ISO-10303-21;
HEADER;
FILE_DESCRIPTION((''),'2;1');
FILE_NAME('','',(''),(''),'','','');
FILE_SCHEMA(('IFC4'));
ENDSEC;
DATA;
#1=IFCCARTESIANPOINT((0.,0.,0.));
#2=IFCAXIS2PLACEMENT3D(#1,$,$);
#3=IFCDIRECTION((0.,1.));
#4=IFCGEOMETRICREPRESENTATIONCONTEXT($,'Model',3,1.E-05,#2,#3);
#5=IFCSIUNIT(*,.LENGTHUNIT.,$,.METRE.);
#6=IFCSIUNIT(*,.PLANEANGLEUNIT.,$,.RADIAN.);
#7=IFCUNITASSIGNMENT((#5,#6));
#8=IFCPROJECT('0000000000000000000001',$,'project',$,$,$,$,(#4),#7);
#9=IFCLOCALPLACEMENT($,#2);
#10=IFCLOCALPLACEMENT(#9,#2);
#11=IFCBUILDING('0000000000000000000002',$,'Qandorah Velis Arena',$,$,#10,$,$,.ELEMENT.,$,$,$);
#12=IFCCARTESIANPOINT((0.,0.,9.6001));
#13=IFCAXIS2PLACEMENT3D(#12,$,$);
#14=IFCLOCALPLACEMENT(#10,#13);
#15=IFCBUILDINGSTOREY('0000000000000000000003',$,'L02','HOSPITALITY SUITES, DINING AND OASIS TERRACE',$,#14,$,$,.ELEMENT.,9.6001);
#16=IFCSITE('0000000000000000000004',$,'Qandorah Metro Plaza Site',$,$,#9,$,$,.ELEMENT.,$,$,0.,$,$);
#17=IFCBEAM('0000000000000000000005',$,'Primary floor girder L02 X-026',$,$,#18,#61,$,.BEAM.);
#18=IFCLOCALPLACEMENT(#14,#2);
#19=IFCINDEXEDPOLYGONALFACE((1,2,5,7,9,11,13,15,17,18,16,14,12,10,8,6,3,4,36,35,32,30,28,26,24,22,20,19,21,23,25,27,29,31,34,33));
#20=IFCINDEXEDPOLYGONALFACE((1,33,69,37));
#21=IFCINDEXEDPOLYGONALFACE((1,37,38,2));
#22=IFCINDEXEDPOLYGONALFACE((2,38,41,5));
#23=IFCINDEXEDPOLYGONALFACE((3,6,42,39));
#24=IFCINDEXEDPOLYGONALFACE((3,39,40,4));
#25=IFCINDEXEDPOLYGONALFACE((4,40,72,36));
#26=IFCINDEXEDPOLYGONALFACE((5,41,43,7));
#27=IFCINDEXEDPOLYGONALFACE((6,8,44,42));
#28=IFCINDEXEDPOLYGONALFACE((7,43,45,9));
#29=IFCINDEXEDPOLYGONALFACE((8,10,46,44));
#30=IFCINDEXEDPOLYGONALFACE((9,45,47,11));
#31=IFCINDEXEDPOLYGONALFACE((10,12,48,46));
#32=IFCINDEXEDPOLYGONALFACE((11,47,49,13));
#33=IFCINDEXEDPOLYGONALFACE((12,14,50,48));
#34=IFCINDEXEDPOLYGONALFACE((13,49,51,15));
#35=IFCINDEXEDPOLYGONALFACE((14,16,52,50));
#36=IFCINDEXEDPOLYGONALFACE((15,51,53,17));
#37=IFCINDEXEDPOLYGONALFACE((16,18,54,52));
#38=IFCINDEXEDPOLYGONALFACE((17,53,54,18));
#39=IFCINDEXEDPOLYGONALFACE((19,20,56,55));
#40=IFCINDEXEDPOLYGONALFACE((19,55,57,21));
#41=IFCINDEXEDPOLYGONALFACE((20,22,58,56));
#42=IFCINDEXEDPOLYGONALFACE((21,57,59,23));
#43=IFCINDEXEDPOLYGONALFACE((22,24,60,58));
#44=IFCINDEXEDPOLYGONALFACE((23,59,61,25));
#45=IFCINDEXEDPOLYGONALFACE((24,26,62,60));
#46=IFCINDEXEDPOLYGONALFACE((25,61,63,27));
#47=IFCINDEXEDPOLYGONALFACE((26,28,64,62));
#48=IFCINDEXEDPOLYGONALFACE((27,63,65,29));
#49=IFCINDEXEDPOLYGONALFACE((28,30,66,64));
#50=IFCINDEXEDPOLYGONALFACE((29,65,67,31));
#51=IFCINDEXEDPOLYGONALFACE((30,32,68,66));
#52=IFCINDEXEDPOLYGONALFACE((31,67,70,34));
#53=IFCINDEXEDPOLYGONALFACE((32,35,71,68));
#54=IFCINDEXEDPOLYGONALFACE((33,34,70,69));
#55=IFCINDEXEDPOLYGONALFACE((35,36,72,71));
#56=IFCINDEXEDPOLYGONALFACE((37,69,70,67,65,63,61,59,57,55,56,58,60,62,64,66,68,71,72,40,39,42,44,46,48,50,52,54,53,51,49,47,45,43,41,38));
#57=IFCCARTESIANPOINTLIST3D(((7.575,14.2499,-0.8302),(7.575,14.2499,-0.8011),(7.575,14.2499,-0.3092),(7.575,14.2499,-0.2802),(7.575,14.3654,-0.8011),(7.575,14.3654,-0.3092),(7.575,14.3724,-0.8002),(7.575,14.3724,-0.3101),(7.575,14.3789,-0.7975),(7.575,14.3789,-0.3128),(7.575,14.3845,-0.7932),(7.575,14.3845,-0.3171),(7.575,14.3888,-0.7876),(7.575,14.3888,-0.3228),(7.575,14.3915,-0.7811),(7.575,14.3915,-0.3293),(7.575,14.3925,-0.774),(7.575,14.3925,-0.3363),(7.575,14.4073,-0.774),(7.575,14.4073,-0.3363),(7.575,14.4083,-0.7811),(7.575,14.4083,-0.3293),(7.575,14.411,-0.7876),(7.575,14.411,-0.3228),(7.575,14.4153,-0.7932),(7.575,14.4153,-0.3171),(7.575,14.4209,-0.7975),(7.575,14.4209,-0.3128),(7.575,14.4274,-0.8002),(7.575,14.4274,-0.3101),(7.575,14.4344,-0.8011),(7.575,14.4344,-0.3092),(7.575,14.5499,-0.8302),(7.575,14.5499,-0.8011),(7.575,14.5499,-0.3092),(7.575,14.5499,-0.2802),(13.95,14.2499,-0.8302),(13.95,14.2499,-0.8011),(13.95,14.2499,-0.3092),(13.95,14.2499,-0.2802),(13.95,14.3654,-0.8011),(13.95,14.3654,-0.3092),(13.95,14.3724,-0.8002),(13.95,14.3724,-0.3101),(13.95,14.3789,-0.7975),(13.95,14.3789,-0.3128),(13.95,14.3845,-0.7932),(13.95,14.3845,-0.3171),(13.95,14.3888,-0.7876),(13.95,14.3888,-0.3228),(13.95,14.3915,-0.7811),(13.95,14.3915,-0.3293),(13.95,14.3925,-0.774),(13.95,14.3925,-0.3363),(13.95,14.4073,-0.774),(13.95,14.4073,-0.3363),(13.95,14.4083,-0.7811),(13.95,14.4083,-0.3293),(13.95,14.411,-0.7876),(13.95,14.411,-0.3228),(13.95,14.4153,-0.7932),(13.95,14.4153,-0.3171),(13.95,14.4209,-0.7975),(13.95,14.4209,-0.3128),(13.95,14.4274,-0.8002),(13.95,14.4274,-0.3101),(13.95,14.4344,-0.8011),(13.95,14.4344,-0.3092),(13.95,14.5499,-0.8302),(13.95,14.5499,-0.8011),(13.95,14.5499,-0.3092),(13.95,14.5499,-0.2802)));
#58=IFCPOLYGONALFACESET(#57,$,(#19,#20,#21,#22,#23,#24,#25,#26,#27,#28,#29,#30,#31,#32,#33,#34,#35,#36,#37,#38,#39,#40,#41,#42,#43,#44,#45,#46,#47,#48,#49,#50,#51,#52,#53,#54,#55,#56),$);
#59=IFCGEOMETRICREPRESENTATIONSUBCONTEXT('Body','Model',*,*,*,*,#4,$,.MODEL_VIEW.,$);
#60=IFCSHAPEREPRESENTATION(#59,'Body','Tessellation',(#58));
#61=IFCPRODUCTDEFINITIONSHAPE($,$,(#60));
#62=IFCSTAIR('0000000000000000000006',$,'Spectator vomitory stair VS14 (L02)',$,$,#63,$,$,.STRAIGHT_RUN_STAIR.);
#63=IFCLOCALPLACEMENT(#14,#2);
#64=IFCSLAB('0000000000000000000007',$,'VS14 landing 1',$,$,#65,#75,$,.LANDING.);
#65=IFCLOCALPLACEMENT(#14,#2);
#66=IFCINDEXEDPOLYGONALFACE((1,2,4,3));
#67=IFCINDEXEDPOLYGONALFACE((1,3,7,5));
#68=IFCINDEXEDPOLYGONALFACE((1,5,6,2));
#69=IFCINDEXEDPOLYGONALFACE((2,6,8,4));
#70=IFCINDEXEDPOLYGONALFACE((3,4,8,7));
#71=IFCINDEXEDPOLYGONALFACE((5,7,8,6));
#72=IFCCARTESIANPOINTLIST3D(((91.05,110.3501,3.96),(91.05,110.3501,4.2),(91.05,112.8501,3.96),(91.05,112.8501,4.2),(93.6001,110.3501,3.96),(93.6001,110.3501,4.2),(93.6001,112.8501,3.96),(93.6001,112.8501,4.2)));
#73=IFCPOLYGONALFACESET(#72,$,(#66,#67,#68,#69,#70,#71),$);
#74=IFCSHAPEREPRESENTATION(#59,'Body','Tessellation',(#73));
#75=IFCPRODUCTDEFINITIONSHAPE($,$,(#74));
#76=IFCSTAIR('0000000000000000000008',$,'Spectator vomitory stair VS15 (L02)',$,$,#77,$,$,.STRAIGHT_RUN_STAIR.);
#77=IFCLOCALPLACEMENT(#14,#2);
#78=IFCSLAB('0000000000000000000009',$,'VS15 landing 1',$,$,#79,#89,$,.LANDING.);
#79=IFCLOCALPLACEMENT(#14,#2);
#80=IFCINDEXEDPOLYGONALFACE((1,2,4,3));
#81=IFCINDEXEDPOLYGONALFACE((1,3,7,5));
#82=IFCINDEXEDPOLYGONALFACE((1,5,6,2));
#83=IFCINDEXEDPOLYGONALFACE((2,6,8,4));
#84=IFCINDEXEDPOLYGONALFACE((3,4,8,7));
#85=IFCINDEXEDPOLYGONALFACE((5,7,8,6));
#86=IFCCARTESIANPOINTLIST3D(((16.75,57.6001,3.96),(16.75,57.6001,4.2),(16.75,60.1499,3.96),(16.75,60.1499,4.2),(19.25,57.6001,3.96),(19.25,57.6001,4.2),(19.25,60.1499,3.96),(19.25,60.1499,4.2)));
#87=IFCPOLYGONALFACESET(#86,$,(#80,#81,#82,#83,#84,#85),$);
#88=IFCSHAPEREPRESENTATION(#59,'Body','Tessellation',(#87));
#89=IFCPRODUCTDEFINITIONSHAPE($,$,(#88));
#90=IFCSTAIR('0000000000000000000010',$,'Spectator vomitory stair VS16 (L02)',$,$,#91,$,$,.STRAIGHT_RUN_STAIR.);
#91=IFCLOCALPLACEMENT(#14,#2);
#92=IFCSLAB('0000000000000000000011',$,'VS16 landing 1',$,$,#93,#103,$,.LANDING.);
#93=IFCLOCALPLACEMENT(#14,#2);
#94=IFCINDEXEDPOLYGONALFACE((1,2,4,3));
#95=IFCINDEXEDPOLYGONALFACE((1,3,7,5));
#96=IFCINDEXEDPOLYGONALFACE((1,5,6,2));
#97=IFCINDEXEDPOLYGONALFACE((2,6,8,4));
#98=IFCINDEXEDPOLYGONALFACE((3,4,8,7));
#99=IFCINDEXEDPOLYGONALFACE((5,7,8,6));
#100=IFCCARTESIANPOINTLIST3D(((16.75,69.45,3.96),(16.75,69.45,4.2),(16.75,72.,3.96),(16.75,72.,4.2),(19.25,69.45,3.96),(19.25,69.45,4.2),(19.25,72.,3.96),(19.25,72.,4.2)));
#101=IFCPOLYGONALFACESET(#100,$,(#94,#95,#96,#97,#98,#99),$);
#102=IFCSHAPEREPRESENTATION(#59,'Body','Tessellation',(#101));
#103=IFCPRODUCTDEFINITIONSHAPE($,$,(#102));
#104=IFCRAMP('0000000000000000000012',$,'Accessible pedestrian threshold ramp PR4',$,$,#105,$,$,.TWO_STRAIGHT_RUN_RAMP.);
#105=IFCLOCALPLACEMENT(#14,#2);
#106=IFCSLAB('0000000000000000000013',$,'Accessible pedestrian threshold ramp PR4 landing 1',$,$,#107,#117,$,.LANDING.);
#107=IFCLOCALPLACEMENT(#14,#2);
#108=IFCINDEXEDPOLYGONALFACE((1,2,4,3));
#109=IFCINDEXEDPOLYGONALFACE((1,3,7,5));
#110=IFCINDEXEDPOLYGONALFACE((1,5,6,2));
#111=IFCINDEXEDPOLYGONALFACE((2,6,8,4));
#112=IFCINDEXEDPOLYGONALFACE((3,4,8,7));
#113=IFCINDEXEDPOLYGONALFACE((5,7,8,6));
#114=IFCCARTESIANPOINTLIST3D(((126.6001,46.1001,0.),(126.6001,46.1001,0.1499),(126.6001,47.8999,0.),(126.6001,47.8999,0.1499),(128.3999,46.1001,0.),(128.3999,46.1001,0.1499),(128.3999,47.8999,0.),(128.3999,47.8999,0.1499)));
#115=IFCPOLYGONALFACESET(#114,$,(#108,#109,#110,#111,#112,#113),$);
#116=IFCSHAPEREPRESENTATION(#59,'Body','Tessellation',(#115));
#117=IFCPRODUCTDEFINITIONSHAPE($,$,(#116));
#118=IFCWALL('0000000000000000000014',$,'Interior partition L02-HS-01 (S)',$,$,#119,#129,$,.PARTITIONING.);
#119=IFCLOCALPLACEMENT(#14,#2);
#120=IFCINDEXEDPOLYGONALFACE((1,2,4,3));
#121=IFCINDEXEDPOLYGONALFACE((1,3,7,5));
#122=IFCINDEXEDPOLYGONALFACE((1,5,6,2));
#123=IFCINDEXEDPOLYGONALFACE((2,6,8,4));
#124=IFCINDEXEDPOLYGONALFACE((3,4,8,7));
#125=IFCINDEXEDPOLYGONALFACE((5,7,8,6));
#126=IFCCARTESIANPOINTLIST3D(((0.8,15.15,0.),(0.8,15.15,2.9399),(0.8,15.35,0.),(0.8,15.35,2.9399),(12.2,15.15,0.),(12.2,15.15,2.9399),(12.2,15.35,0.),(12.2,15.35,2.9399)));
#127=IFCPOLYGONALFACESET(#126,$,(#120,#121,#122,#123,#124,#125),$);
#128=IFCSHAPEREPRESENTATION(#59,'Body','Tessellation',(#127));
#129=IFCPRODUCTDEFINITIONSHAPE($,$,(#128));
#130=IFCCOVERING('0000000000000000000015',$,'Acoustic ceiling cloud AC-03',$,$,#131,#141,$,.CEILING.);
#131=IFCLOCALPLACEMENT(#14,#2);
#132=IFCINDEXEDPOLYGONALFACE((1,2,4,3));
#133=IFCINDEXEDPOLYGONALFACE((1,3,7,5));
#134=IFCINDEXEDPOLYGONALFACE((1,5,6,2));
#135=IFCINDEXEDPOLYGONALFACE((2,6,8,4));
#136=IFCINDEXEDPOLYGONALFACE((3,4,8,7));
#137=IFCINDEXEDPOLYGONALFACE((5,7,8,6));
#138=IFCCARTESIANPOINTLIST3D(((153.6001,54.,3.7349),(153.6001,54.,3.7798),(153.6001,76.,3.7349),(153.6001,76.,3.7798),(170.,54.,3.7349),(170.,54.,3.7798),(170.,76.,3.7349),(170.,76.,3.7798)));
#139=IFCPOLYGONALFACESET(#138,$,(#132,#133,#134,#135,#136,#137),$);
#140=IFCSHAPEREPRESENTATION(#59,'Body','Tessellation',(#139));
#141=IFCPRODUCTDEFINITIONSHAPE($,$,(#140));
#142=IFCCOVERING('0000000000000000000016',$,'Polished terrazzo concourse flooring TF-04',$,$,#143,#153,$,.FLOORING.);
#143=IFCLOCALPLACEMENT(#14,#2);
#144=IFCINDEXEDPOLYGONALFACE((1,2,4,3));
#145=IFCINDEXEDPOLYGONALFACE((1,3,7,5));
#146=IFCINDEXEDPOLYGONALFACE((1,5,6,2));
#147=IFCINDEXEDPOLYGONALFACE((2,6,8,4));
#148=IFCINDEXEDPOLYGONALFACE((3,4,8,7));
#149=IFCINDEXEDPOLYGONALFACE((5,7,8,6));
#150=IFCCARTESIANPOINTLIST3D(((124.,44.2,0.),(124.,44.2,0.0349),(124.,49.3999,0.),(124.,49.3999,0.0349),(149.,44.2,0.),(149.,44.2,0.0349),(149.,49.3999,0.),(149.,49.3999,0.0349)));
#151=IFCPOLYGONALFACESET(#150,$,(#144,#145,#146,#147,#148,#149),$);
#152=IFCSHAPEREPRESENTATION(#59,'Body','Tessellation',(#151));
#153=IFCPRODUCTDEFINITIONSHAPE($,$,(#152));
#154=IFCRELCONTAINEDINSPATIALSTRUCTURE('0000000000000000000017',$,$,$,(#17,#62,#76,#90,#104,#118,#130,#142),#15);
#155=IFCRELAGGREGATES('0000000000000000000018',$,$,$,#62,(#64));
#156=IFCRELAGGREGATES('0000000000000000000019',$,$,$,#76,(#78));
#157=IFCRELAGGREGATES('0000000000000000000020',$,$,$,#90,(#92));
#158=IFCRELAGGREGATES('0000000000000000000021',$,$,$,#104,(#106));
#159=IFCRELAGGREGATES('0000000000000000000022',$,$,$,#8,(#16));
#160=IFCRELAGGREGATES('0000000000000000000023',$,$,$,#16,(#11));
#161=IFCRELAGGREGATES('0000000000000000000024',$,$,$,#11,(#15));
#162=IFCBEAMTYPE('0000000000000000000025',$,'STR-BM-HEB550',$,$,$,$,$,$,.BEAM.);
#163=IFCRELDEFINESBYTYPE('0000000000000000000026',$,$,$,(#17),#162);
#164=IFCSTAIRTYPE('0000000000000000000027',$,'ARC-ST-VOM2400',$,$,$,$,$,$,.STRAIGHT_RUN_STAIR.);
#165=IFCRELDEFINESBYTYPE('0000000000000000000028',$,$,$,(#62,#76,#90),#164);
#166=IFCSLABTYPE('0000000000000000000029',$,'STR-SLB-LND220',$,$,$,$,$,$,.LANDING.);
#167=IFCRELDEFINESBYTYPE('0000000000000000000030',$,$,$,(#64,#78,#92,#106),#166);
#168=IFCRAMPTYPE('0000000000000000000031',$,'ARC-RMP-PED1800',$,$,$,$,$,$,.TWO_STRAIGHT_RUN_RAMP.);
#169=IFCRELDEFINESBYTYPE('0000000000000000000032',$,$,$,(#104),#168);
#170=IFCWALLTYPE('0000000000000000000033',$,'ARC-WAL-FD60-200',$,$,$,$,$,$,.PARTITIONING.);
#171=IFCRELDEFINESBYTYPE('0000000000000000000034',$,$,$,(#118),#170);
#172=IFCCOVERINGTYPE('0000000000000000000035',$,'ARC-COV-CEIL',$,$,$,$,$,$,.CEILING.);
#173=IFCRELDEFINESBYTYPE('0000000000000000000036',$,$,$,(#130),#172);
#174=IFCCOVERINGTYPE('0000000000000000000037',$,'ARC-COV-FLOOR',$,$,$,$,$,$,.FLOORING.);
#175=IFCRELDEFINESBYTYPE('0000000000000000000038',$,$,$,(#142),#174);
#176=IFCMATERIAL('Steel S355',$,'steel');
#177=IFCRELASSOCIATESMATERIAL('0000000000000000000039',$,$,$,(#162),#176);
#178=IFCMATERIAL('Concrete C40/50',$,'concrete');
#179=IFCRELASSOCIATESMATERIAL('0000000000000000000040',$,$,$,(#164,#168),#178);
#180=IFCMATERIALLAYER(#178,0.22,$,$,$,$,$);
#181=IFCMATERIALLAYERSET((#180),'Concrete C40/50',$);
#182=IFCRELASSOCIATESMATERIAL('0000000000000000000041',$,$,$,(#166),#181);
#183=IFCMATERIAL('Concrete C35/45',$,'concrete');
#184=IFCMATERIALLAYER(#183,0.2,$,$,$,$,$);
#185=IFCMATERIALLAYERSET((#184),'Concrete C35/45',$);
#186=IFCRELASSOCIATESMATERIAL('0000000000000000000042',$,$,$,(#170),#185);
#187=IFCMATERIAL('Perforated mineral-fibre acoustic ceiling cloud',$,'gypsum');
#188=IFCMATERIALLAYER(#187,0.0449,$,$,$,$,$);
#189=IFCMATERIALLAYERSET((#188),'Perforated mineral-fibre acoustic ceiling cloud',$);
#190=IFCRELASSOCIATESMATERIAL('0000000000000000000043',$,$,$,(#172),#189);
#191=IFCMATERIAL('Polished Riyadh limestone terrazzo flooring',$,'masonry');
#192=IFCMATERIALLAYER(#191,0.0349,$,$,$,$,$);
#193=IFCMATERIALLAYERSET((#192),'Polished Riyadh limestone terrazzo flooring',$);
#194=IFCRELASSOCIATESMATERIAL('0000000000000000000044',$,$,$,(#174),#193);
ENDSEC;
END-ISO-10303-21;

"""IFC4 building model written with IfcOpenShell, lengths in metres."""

from ifc_helpers import new_model, si_unit, direction, frame, frame_2d, origin, origin_2d, place, context, subcontext, project, spatial, polyline, rectangle, i_section, outline, extrude, material, layer, layer_set, material_profile, profile_set, type_object, element, aggregate, save


model = new_model("IFC4")

# Units and contexts
model_context = context("Model", 3, precision=1e-05, world=origin(), true_north=direction((0.0, 1.0)))
body_context = subcontext(model_context, "Body", "Model", "MODEL_VIEW")
ifc_project = project(units=[si_unit("LENGTHUNIT", "METRE"), si_unit("PLANEANGLEUNIT", "RADIAN")], contexts=[model_context])

# Site, building, storey
site_placement = place(None, origin())
site = spatial("IfcSite", under=ifc_project, at=site_placement, Name="Qandorah Metro Plaza Site", CompositionType="ELEMENT", RefElevation=0.0)
building_placement = place(site_placement, origin())
building = spatial("IfcBuilding", under=site, at=building_placement, Name="Qandorah Velis Arena", CompositionType="ELEMENT")
storey_placement = place(building_placement, frame((0.0, 0.0, 9.6001)))
storey = spatial("IfcBuildingStorey", under=building, at=storey_placement, Name="L02", Description="HOSPITALITY SUITES, DINING AND OASIS TERRACE", CompositionType="ELEMENT", Elevation=9.6001)

# Shared definitions
ifc_material_1 = material(Name="Concrete C40/50", Category="concrete")

# Beam
ifc_material_2 = material(Name="Steel S355", Category="steel")
ifc_material_profile_1 = material_profile(ifc_material_2, i_section(OverallWidth=0.3, OverallDepth=0.55, WebThickness=0.0149, FlangeThickness=0.0291, FilletRadius=0.0271, at=origin_2d()), Name="HEB 550")
ifc_profile_set_1 = profile_set([ifc_material_profile_1], Name="Steel S355")
beam_type_1 = type_object("IfcBeamType", Name="STR-BM-HEB550", PredefinedType="BEAM", material=ifc_profile_set_1)
beam_1_placement = place(storey_placement, frame((7.575, 14.3999, -0.5552), z_axis=(1.0, 0.0, 0.0), x_axis=(0.0, 1.0, 0.0)))
element("IfcBeam", 1, at=beam_1_placement, inside=storey, type_object=beam_type_1, Name="Primary floor girder L02 X-026", PredefinedType="BEAM", context=body_context, shape_type="SweptSolid", body=[
    extrude(i_section(OverallWidth=0.3, OverallDepth=0.55, WebThickness=0.0149, FlangeThickness=0.0291, FilletRadius=0.0271, at=origin_2d()), origin(), (0.0, 0.0, 1.0), 6.375),
])

# Stairs, slabs
stair_type = type_object("IfcStairType", Name="ARC-ST-VOM2400", PredefinedType="STRAIGHT_RUN_STAIR", material=ifc_material_1)
stair_1_placement = place(storey_placement, origin())
stair_1 = element("IfcStair", 2, at=stair_1_placement, inside=storey, type_object=stair_type, Name="Spectator vomitory stair VS14 (L02)", PredefinedType="STRAIGHT_RUN_STAIR")
ifc_layer_1 = layer(ifc_material_1, 0.22)
ifc_layer_set_1 = layer_set([ifc_layer_1], Name="Concrete C40/50")
slab_type = type_object("IfcSlabType", Name="STR-SLB-LND220", PredefinedType="LANDING", material=ifc_layer_set_1)
slab_1_placement = place(storey_placement, frame((0.0, 0.0, 3.96)))
slab_1 = element("IfcSlab", 3, at=slab_1_placement, type_object=slab_type, Name="VS14 landing 1", PredefinedType="LANDING", context=body_context, shape_type="SweptSolid", body=[
    extrude(outline(polyline([(91.05, 110.3501), (93.6001, 110.3501), (93.6001, 112.8501), (91.05, 112.8501), (91.05, 110.3501)])), origin(), (0.0, 0.0, 1.0), 0.24),
])
aggregate(stair_1, [slab_1])
stair_2_placement = place(storey_placement, origin())
stair_2 = element("IfcStair", 4, at=stair_2_placement, inside=storey, type_object=stair_type, Name="Spectator vomitory stair VS15 (L02)", PredefinedType="STRAIGHT_RUN_STAIR")
slab_2_placement = place(storey_placement, frame((0.0, 0.0, 3.96)))
slab_2 = element("IfcSlab", 5, at=slab_2_placement, type_object=slab_type, Name="VS15 landing 1", PredefinedType="LANDING", context=body_context, shape_type="SweptSolid", body=[
    extrude(outline(polyline([(16.75, 57.6001), (19.25, 57.6001), (19.25, 60.1499), (16.75, 60.1499), (16.75, 57.6001)])), origin(), (0.0, 0.0, 1.0), 0.24),
])
aggregate(stair_2, [slab_2])
stair_3_placement = place(storey_placement, origin())
stair_3 = element("IfcStair", 6, at=stair_3_placement, inside=storey, type_object=stair_type, Name="Spectator vomitory stair VS16 (L02)", PredefinedType="STRAIGHT_RUN_STAIR")
slab_3_placement = place(storey_placement, frame((0.0, 0.0, 3.96)))
slab_3 = element("IfcSlab", 7, at=slab_3_placement, type_object=slab_type, Name="VS16 landing 1", PredefinedType="LANDING", context=body_context, shape_type="SweptSolid", body=[
    extrude(outline(polyline([(16.75, 69.45), (19.25, 69.45), (19.25, 72.0), (16.75, 72.0), (16.75, 69.45)])), origin(), (0.0, 0.0, 1.0), 0.24),
])
aggregate(stair_3, [slab_3])

# Ramp, slab
ramp_type = type_object("IfcRampType", Name="ARC-RMP-PED1800", PredefinedType="TWO_STRAIGHT_RUN_RAMP", material=ifc_material_1)
ramp_placement = place(storey_placement, origin())
ramp = element("IfcRamp", 8, at=ramp_placement, inside=storey, type_object=ramp_type, Name="Accessible pedestrian threshold ramp PR4", PredefinedType="TWO_STRAIGHT_RUN_RAMP")
slab_4_placement = place(storey_placement, origin())
slab_4 = element("IfcSlab", 9, at=slab_4_placement, type_object=slab_type, Name="Accessible pedestrian threshold ramp PR4 landing 1", PredefinedType="LANDING", context=body_context, shape_type="SweptSolid", body=[
    extrude(outline(polyline([(126.6001, 46.1001), (128.3999, 46.1001), (128.3999, 47.8999), (126.6001, 47.8999), (126.6001, 46.1001)])), origin(), (0.0, 0.0, 1.0), 0.1499),
])
aggregate(ramp, [slab_4])

# Wall
ifc_material_3 = material(Name="Concrete C35/45", Category="concrete")
ifc_layer_2 = layer(ifc_material_3, 0.2)
ifc_layer_set_2 = layer_set([ifc_layer_2], Name="Concrete C35/45")
wall_type = type_object("IfcWallType", Name="ARC-WAL-FD60-200", PredefinedType="PARTITIONING", material=ifc_layer_set_2)
wall_placement = place(storey_placement, frame((0.8, 15.25, 0.0), z_axis=(0.0, 0.0, 1.0), x_axis=(1.0, 0.0, 0.0)))
element("IfcWall", 10, at=wall_placement, inside=storey, type_object=wall_type, Name="Interior partition L02-HS-01 (S)", PredefinedType="PARTITIONING", context=body_context, shape_type="SweptSolid", body=[
    extrude(rectangle(XDim=11.3999, YDim=0.2, at=frame_2d((5.7, 0.0))), origin(), (0.0, 0.0, 1.0), 2.9399),
])

# Coverings
ifc_material_4 = material(Name="Perforated mineral-fibre acoustic ceiling cloud", Category="gypsum")
ifc_layer_3 = layer(ifc_material_4, 0.0449)
ifc_layer_set_3 = layer_set([ifc_layer_3], Name="Perforated mineral-fibre acoustic ceiling cloud")
covering_type_1 = type_object("IfcCoveringType", Name="ARC-COV-CEIL", PredefinedType="CEILING", material=ifc_layer_set_3)
covering_1_placement = place(storey_placement, frame((0.0, 0.0, 3.7349)))
element("IfcCovering", 11, at=covering_1_placement, inside=storey, type_object=covering_type_1, Name="Acoustic ceiling cloud AC-03", PredefinedType="CEILING", context=body_context, shape_type="SweptSolid", body=[
    extrude(outline(polyline([(153.6001, 54.0), (170.0, 54.0), (170.0, 76.0), (153.6001, 76.0), (153.6001, 54.0)])), origin(), (0.0, 0.0, 1.0), 0.0449),
])
ifc_material_5 = material(Name="Polished Riyadh limestone terrazzo flooring", Category="masonry")
ifc_layer_4 = layer(ifc_material_5, 0.0349)
ifc_layer_set_4 = layer_set([ifc_layer_4], Name="Polished Riyadh limestone terrazzo flooring")
covering_type_2 = type_object("IfcCoveringType", Name="ARC-COV-FLOOR", PredefinedType="FLOORING", material=ifc_layer_set_4)
covering_2_placement = place(storey_placement, origin())
element("IfcCovering", 12, at=covering_2_placement, inside=storey, type_object=covering_type_2, Name="Polished terrazzo concourse flooring TF-04", PredefinedType="FLOORING", context=body_context, shape_type="SweptSolid", body=[
    extrude(outline(polyline([(124.0, 44.2), (149.0, 44.2), (149.0, 49.3999), (124.0, 49.3999), (124.0, 44.2)])), origin(), (0.0, 0.0, 1.0), 0.0349),
])

save(model, "model.ifc")
